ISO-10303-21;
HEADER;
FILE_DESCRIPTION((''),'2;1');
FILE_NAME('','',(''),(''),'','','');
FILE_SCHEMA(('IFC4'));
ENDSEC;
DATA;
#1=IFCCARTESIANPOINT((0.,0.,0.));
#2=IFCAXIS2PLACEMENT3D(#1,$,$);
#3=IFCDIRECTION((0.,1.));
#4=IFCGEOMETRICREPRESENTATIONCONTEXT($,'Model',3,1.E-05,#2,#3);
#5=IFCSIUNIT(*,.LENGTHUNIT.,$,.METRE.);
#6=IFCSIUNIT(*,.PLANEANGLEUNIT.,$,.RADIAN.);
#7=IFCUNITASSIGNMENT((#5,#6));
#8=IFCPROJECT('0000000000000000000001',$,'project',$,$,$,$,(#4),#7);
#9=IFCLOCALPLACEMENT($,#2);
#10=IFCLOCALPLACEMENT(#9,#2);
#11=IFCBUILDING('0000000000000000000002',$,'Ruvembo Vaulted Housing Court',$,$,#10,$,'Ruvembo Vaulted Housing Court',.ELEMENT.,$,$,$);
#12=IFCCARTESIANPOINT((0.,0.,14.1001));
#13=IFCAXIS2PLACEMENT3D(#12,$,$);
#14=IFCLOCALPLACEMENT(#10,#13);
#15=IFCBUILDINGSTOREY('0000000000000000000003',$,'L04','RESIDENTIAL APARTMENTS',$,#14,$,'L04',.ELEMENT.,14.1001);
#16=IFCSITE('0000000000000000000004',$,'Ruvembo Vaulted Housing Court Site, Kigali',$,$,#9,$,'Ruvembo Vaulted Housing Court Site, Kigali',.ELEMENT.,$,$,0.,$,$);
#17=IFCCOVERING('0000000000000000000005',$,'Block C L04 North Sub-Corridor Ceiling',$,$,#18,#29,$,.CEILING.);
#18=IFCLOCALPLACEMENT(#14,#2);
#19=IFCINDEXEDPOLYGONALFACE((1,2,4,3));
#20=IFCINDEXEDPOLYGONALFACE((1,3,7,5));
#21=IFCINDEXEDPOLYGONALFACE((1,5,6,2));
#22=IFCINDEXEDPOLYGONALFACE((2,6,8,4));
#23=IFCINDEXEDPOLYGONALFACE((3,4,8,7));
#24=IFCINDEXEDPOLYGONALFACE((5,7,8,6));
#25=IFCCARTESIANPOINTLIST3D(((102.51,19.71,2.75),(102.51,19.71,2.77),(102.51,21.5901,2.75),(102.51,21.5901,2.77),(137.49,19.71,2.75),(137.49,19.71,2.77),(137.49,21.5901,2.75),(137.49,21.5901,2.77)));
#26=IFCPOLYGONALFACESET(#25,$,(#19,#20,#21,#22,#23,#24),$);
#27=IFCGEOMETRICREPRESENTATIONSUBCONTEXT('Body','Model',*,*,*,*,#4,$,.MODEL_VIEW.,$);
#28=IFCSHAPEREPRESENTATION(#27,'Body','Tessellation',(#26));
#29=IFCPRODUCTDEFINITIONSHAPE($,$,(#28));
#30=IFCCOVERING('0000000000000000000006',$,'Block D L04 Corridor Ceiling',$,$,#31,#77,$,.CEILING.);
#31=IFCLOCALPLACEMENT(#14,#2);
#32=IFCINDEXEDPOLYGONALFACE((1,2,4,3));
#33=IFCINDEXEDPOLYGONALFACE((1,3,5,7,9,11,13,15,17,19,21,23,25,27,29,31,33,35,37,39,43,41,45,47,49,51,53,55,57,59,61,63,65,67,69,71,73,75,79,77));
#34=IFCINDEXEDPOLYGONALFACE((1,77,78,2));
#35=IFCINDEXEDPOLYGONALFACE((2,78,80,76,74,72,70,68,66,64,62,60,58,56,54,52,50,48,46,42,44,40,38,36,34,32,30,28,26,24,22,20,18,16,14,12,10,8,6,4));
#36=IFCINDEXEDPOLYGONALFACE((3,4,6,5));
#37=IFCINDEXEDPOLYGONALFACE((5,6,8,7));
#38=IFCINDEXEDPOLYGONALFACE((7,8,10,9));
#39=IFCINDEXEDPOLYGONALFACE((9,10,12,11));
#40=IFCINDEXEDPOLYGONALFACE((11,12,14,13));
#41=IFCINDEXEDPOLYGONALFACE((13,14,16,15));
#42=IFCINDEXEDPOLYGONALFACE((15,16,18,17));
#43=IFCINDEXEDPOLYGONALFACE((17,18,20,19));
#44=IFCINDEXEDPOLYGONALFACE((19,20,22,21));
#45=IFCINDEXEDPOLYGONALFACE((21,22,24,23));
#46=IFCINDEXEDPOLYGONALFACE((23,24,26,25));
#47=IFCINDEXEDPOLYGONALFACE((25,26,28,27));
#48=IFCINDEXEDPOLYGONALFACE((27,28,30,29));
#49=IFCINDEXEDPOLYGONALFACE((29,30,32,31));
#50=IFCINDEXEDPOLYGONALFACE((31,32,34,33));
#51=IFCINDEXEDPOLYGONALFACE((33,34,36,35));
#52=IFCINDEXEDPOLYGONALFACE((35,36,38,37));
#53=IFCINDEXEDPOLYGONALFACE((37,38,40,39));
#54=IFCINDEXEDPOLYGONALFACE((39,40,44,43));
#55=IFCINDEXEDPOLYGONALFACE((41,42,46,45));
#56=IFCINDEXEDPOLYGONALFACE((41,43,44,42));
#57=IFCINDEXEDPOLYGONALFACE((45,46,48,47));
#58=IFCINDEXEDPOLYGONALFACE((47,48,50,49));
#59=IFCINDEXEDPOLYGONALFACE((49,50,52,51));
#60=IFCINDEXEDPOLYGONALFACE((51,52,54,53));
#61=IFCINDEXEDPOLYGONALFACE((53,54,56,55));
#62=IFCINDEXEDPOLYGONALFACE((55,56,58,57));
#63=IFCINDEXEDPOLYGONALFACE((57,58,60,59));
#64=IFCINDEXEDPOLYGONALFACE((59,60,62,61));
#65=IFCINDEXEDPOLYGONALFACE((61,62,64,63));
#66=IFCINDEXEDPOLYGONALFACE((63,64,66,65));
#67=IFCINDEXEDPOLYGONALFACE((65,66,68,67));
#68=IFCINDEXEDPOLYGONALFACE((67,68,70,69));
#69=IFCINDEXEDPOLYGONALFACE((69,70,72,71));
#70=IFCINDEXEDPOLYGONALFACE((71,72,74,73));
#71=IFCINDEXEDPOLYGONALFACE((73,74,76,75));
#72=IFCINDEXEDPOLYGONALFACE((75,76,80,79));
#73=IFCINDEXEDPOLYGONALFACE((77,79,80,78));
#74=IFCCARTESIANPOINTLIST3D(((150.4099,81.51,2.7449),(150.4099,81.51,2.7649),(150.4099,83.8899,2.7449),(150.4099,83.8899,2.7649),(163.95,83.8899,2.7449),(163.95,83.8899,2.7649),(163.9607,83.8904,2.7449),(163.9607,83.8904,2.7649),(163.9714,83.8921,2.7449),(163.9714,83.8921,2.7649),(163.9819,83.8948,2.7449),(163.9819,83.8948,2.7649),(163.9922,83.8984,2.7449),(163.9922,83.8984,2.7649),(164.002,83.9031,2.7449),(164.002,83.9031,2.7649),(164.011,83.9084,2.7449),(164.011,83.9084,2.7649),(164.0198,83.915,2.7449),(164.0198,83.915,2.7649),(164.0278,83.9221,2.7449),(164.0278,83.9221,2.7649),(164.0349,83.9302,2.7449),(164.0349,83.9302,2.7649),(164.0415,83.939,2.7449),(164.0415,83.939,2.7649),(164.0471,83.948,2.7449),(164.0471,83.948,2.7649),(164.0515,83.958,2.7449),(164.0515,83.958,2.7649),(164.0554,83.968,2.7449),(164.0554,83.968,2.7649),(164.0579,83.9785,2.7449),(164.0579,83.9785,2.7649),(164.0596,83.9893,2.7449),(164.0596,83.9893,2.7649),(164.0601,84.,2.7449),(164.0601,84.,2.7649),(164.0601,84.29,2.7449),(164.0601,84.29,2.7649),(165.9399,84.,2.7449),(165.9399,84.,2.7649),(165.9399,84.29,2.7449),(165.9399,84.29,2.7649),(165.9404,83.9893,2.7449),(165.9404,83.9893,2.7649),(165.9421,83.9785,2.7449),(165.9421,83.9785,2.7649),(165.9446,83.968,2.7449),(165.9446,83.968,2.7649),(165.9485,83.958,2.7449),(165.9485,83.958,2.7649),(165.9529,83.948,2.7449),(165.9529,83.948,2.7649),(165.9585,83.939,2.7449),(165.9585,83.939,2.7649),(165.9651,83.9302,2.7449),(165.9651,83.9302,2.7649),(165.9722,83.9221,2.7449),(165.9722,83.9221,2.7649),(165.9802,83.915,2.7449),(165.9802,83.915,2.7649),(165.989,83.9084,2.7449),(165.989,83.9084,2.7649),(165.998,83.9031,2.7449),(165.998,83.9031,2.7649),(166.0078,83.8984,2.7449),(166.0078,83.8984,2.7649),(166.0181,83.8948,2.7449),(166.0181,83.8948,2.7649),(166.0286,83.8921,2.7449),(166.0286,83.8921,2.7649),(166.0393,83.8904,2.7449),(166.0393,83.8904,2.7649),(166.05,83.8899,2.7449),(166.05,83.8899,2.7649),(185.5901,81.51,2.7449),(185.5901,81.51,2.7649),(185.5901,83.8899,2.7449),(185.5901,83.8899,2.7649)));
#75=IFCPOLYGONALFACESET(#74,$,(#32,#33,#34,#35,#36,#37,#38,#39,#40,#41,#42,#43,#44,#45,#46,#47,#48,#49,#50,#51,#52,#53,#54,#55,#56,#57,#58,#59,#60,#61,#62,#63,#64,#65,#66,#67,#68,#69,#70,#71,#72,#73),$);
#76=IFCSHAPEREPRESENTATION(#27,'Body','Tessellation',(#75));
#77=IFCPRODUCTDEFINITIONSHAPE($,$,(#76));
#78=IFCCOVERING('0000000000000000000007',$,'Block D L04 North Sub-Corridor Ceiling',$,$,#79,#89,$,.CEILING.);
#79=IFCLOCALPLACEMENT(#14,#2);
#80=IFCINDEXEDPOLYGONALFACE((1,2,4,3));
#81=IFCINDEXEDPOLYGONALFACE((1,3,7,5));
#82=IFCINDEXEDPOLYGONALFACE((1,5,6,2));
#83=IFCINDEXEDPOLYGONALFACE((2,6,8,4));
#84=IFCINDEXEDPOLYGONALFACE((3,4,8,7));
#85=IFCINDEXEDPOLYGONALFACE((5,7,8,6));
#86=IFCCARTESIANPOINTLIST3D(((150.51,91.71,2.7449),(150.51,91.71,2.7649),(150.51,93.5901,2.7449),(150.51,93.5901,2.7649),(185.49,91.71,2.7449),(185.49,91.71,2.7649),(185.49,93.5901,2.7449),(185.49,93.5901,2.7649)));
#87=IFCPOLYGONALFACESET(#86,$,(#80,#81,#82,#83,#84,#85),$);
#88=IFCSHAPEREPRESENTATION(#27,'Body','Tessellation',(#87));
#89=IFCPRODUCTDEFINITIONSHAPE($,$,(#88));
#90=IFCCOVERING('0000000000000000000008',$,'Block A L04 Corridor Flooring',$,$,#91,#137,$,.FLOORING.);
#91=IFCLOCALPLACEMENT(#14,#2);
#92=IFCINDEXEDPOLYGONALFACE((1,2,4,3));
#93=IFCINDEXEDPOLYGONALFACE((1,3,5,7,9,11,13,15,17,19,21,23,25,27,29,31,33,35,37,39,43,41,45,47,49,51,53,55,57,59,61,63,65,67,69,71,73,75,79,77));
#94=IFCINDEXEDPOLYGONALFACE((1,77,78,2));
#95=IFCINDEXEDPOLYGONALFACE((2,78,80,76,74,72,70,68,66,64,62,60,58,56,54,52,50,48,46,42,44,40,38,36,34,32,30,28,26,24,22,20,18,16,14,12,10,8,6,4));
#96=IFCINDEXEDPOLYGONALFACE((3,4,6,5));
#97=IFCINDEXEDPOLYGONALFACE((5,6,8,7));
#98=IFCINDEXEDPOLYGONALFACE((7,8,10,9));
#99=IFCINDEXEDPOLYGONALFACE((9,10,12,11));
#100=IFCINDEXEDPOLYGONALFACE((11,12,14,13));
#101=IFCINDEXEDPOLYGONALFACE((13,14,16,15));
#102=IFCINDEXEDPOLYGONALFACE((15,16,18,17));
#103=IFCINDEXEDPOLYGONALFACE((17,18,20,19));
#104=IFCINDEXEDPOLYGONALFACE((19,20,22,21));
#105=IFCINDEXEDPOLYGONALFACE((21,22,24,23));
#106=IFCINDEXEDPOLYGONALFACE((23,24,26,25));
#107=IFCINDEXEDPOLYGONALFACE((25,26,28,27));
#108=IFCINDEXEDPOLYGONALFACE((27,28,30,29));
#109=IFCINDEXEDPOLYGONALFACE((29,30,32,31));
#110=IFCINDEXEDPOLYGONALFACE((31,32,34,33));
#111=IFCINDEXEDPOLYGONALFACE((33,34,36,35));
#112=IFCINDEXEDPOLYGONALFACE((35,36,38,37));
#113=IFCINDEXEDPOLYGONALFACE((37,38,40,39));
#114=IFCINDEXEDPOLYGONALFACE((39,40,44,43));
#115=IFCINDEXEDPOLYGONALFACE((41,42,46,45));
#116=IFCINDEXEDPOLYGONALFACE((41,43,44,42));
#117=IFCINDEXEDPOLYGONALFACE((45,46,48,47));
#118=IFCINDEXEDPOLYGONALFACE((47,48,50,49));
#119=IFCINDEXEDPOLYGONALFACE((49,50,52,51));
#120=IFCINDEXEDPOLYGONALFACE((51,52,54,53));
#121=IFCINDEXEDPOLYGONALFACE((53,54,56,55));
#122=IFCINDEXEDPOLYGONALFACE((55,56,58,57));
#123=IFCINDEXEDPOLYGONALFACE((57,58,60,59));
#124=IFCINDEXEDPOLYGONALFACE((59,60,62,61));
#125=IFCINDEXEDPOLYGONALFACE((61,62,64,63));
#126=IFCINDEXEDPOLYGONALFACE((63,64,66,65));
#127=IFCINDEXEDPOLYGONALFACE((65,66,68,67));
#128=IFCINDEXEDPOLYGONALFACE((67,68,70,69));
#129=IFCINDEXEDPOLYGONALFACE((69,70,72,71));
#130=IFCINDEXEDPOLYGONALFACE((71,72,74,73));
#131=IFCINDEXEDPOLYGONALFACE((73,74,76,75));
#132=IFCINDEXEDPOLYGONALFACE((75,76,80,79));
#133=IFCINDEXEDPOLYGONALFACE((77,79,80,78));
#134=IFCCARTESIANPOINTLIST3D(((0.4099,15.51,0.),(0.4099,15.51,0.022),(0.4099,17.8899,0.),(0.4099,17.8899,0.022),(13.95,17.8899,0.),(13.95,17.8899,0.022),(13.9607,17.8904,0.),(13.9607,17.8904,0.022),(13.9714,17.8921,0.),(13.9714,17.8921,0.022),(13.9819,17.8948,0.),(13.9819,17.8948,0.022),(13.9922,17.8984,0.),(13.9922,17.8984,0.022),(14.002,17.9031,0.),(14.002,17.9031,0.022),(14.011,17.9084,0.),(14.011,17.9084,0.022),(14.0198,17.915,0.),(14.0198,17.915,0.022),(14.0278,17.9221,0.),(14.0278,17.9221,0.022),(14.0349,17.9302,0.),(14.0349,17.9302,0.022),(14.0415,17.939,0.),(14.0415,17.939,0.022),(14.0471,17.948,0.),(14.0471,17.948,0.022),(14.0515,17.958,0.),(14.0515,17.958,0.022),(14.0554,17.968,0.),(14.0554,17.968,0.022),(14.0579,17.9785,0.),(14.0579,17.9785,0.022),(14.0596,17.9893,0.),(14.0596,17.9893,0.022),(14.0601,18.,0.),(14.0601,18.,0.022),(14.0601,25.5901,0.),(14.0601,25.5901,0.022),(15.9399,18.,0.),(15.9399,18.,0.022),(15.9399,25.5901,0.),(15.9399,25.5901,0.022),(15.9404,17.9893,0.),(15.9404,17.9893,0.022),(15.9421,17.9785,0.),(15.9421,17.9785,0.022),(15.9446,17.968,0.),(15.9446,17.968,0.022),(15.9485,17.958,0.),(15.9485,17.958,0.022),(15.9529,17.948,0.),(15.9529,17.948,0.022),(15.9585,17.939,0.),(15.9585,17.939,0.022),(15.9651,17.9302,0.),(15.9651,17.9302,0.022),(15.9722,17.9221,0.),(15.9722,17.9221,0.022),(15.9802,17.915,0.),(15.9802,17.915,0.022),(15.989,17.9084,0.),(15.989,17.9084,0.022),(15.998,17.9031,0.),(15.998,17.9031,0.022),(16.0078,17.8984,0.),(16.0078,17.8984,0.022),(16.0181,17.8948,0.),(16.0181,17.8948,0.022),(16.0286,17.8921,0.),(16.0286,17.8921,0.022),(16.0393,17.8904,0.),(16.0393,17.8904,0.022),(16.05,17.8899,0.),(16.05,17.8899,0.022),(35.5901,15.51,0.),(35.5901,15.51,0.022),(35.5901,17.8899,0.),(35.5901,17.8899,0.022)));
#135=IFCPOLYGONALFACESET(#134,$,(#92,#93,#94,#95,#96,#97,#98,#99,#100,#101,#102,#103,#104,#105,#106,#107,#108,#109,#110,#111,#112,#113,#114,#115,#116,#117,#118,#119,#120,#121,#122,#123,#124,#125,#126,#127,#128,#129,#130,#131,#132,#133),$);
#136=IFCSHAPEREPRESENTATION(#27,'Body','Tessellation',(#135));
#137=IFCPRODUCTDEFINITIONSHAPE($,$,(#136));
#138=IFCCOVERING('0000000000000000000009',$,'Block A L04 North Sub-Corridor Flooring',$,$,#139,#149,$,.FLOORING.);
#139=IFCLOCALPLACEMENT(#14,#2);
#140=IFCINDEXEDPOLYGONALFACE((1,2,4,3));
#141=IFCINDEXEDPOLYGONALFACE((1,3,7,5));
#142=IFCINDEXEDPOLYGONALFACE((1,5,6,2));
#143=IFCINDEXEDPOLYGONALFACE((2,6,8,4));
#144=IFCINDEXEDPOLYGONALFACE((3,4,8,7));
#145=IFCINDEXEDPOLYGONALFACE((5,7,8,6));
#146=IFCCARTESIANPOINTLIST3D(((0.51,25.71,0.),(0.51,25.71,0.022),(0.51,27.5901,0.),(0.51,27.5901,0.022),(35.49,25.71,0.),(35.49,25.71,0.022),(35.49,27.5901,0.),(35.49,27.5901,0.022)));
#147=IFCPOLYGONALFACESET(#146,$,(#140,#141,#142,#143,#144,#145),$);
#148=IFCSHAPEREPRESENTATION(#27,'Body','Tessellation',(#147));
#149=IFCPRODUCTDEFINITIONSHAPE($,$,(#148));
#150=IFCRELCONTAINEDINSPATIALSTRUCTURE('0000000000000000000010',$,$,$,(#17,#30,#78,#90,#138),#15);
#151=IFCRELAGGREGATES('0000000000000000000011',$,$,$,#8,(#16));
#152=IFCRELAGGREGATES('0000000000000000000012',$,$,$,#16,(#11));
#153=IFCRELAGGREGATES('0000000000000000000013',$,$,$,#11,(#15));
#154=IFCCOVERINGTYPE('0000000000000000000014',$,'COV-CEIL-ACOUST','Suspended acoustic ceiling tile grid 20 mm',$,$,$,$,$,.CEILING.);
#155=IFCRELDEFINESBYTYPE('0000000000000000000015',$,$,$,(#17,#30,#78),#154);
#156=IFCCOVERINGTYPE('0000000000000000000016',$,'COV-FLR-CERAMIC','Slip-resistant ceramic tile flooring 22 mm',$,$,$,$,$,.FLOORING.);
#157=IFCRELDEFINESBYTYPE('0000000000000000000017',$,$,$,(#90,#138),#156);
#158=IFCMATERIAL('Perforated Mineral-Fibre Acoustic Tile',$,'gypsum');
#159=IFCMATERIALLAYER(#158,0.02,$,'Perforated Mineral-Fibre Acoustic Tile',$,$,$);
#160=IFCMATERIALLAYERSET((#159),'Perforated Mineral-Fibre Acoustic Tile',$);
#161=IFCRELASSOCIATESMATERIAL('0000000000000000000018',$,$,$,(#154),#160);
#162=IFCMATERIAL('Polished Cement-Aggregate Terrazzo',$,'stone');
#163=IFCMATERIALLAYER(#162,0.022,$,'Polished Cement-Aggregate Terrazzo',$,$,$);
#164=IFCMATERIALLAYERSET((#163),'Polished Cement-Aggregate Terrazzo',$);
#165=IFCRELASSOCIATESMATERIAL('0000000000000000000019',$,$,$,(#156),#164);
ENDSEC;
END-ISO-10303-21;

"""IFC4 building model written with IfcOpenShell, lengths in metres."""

from ifc_helpers import new_model, si_unit, direction, frame, origin, place, context, subcontext, project, spatial, polyline, outline, extrude, material, layer, layer_set, type_object, element, save


model = new_model("IFC4")

# Units and contexts
model_context = context("Model", 3, precision=1e-05, world=origin(), true_north=direction((0.0, 1.0)))
body_context = subcontext(model_context, "Body", "Model", "MODEL_VIEW")
ifc_project = project(units=[si_unit("LENGTHUNIT", "METRE"), si_unit("PLANEANGLEUNIT", "RADIAN")], contexts=[model_context])

# Site, building, storey
site_placement = place(None, origin())
site = spatial("IfcSite", under=ifc_project, at=site_placement, Name="Ruvembo Vaulted Housing Court Site, Kigali", LongName="Ruvembo Vaulted Housing Court Site, Kigali", CompositionType="ELEMENT", RefElevation=0.0)
building_placement = place(site_placement, origin())
building = spatial("IfcBuilding", under=site, at=building_placement, Name="Ruvembo Vaulted Housing Court", LongName="Ruvembo Vaulted Housing Court", CompositionType="ELEMENT")
storey_placement = place(building_placement, frame((0.0, 0.0, 14.1001)))
storey = spatial("IfcBuildingStorey", under=building, at=storey_placement, Name="L04", Description="RESIDENTIAL APARTMENTS", LongName="L04", CompositionType="ELEMENT", Elevation=14.1001)

# Coverings
ifc_material_1 = material(Name="Perforated Mineral-Fibre Acoustic Tile", Category="gypsum")
ifc_layer_1 = layer(ifc_material_1, 0.02, Name="Perforated Mineral-Fibre Acoustic Tile")
ifc_layer_set_1 = layer_set([ifc_layer_1], Name="Perforated Mineral-Fibre Acoustic Tile")
covering_type_1 = type_object("IfcCoveringType", Name="COV-CEIL-ACOUST", Description="Suspended acoustic ceiling tile grid 20 mm", PredefinedType="CEILING", material=ifc_layer_set_1)
covering_1_placement = place(storey_placement, frame((0.0, 0.0, 2.75)))
element("IfcCovering", 1, at=covering_1_placement, inside=storey, type_object=covering_type_1, Name="Block C L04 North Sub-Corridor Ceiling", PredefinedType="CEILING", context=body_context, shape_type="SweptSolid", body=[
    extrude(outline(polyline([(102.51, 19.71), (137.49, 19.71), (137.49, 21.5901), (102.51, 21.5901), (102.51, 19.71)])), origin(), (0.0, 0.0, 1.0), 0.02),
])
covering_2_placement = place(storey_placement, frame((0.0, 0.0, 2.7449)))
element("IfcCovering", 2, at=covering_2_placement, inside=storey, type_object=covering_type_1, Name="Block D L04 Corridor Ceiling", PredefinedType="CEILING", context=body_context, shape_type="SweptSolid", body=[
    extrude(outline(polyline([(185.5901, 81.51), (185.5901, 83.8899), (166.05, 83.8899), (166.0393, 83.8904), (166.0286, 83.8921), (166.0181, 83.8948), (166.0078, 83.8984), (165.998, 83.9031), (165.989, 83.9084), (165.9802, 83.915), (165.9722, 83.9221), (165.9651, 83.9302), (165.9585, 83.939), (165.9529, 83.948), (165.9485, 83.958), (165.9446, 83.968), (165.9421, 83.9785), (165.9404, 83.9893), (165.9399, 84.0), (165.9399, 84.29), (164.0601, 84.29), (164.0601, 84.0), (164.0596, 83.9893), (164.0579, 83.9785), (164.0554, 83.968), (164.0515, 83.958), (164.0471, 83.948), (164.0415, 83.939), (164.0349, 83.9302), (164.0278, 83.9221), (164.0198, 83.915), (164.011, 83.9084), (164.002, 83.9031), (163.9922, 83.8984), (163.9819, 83.8948), (163.9714, 83.8921), (163.9607, 83.8904), (163.95, 83.8899), (150.4099, 83.8899), (150.4099, 81.51), (185.5901, 81.51)])), origin(), (0.0, 0.0, 1.0), 0.02),
])
covering_3_placement = place(storey_placement, frame((0.0, 0.0, 2.7449)))
element("IfcCovering", 3, at=covering_3_placement, inside=storey, type_object=covering_type_1, Name="Block D L04 North Sub-Corridor Ceiling", PredefinedType="CEILING", context=body_context, shape_type="SweptSolid", body=[
    extrude(outline(polyline([(150.51, 91.71), (185.49, 91.71), (185.49, 93.5901), (150.51, 93.5901), (150.51, 91.71)])), origin(), (0.0, 0.0, 1.0), 0.02),
])
ifc_material_2 = material(Name="Polished Cement-Aggregate Terrazzo", Category="stone")
ifc_layer_2 = layer(ifc_material_2, 0.022, Name="Polished Cement-Aggregate Terrazzo")
ifc_layer_set_2 = layer_set([ifc_layer_2], Name="Polished Cement-Aggregate Terrazzo")
covering_type_2 = type_object("IfcCoveringType", Name="COV-FLR-CERAMIC", Description="Slip-resistant ceramic tile flooring 22 mm", PredefinedType="FLOORING", material=ifc_layer_set_2)
covering_4_placement = place(storey_placement, origin())
element("IfcCovering", 4, at=covering_4_placement, inside=storey, type_object=covering_type_2, Name="Block A L04 Corridor Flooring", PredefinedType="FLOORING", context=body_context, shape_type="SweptSolid", body=[
    extrude(outline(polyline([(35.5901, 15.51), (35.5901, 17.8899), (16.05, 17.8899), (16.0393, 17.8904), (16.0286, 17.8921), (16.0181, 17.8948), (16.0078, 17.8984), (15.998, 17.9031), (15.989, 17.9084), (15.9802, 17.915), (15.9722, 17.9221), (15.9651, 17.9302), (15.9585, 17.939), (15.9529, 17.948), (15.9485, 17.958), (15.9446, 17.968), (15.9421, 17.9785), (15.9404, 17.9893), (15.9399, 18.0), (15.9399, 25.5901), (14.0601, 25.5901), (14.0601, 18.0), (14.0596, 17.9893), (14.0579, 17.9785), (14.0554, 17.968), (14.0515, 17.958), (14.0471, 17.948), (14.0415, 17.939), (14.0349, 17.9302), (14.0278, 17.9221), (14.0198, 17.915), (14.011, 17.9084), (14.002, 17.9031), (13.9922, 17.8984), (13.9819, 17.8948), (13.9714, 17.8921), (13.9607, 17.8904), (13.95, 17.8899), (0.4099, 17.8899), (0.4099, 15.51), (35.5901, 15.51)])), origin(), (0.0, 0.0, 1.0), 0.022),
])
covering_5_placement = place(storey_placement, origin())
element("IfcCovering", 5, at=covering_5_placement, inside=storey, type_object=covering_type_2, Name="Block A L04 North Sub-Corridor Flooring", PredefinedType="FLOORING", context=body_context, shape_type="SweptSolid", body=[
    extrude(outline(polyline([(0.51, 25.71), (35.49, 25.71), (35.49, 27.5901), (0.51, 27.5901), (0.51, 25.71)])), origin(), (0.0, 0.0, 1.0), 0.022),
])

save(model, "model.ifc")
